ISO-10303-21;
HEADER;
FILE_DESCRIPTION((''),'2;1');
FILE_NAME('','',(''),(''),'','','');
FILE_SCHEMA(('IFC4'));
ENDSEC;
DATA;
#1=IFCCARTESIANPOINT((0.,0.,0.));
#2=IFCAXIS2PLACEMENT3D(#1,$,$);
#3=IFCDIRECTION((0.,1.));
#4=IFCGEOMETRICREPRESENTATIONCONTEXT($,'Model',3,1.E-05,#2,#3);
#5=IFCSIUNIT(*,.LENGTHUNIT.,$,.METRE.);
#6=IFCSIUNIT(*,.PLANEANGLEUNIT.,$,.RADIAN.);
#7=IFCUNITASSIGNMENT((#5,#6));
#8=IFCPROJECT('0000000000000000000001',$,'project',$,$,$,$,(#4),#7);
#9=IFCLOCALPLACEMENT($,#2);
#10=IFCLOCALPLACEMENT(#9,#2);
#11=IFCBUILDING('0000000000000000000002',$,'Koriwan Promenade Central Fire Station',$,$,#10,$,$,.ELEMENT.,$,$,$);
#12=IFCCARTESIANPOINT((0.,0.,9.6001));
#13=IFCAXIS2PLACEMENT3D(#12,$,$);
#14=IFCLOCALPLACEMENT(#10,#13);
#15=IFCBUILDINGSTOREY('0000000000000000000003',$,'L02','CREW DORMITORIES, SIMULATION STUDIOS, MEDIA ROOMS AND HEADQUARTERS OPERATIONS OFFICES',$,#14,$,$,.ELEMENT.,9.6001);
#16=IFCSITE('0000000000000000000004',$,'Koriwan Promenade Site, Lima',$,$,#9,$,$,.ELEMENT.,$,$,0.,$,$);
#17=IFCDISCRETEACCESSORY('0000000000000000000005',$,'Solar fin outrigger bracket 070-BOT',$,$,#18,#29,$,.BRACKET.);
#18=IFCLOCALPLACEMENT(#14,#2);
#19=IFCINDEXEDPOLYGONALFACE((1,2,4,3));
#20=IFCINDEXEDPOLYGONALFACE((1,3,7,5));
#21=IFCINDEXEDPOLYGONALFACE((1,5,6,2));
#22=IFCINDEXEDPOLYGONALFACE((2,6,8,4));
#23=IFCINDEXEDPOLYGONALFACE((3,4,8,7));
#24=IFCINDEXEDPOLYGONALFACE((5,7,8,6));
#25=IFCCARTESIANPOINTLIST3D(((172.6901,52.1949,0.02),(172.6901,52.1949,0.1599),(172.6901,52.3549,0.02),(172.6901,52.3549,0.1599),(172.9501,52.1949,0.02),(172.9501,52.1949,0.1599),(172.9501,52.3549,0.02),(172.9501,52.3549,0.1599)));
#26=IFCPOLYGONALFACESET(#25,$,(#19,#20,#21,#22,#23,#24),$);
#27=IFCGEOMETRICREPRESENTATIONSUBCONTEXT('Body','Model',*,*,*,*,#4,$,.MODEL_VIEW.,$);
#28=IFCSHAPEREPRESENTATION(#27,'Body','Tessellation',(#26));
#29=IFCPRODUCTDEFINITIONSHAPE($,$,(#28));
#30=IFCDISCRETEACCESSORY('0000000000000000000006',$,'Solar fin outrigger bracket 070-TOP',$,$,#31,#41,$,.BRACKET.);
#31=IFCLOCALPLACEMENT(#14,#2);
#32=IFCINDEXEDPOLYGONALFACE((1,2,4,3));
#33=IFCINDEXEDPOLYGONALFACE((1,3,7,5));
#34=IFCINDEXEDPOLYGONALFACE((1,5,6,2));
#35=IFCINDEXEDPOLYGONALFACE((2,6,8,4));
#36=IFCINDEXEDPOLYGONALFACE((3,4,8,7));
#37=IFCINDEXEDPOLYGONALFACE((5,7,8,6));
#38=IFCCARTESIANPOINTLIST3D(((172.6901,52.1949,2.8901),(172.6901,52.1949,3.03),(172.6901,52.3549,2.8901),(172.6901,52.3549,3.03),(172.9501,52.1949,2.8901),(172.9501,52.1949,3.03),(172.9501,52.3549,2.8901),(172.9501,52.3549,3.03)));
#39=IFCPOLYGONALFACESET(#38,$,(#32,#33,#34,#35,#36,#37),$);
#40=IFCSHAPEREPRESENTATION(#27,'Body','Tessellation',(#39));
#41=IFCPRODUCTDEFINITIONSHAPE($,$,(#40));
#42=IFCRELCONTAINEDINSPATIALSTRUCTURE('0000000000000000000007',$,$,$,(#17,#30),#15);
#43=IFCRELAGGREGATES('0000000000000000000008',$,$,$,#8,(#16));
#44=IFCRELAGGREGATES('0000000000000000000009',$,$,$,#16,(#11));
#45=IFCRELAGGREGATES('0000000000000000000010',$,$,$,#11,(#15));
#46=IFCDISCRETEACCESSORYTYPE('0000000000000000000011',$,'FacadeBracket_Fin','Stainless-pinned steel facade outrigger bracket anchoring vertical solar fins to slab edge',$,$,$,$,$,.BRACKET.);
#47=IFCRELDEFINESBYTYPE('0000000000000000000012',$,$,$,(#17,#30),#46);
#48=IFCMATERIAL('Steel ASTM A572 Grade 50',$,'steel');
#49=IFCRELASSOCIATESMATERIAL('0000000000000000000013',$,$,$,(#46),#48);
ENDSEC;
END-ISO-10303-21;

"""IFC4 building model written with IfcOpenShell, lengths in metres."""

from ifc_helpers import new_model, si_unit, direction, frame, origin, origin_2d, place, context, subcontext, project, spatial, rectangle, extrude, material, type_object, element, save


model = new_model("IFC4")

# Units and contexts
model_context = context("Model", 3, precision=1e-05, world=origin(), true_north=direction((0.0, 1.0)))
body_context = subcontext(model_context, "Body", "Model", "MODEL_VIEW")
ifc_project = project(units=[si_unit("LENGTHUNIT", "METRE"), si_unit("PLANEANGLEUNIT", "RADIAN")], contexts=[model_context])

# Site, building, storey
site_placement = place(None, origin())
site = spatial("IfcSite", under=ifc_project, at=site_placement, Name="Koriwan Promenade Site, Lima", CompositionType="ELEMENT", RefElevation=0.0)
building_placement = place(site_placement, origin())
building = spatial("IfcBuilding", under=site, at=building_placement, Name="Koriwan Promenade Central Fire Station", CompositionType="ELEMENT")
storey_placement = place(building_placement, frame((0.0, 0.0, 9.6001)))
storey = spatial("IfcBuildingStorey", under=building, at=storey_placement, Name="L02", Description="CREW DORMITORIES, SIMULATION STUDIOS, MEDIA ROOMS AND HEADQUARTERS OPERATIONS OFFICES", CompositionType="ELEMENT", Elevation=9.6001)

# Discrete accessories
ifc_material_1 = material(Name="Steel ASTM A572 Grade 50", Category="steel")
discrete_accessory_type = type_object("IfcDiscreteAccessoryType", Name="FacadeBracket_Fin", Description="Stainless-pinned steel facade outrigger bracket anchoring vertical solar fins to slab edge", PredefinedType="BRACKET", material=ifc_material_1)
for number, where, z_axis, x_axis, name in (
    (1, (172.8201, 52.2749, 0.02), (0.0, 0.0, 1.0), (1.0, 0.0, 0.0), "Solar fin outrigger bracket 070-BOT"),
    (2, (172.8201, 52.2749, 2.8901), (0.0, 0.0, 1.0), (1.0, 0.0, 0.0), "Solar fin outrigger bracket 070-TOP"),
):
    element("IfcDiscreteAccessory", number, at=place(storey_placement, frame(where, z_axis=z_axis, x_axis=x_axis)), inside=storey, type_object=discrete_accessory_type, Name=name, PredefinedType="BRACKET", context=body_context, shape_type="SweptSolid", body=[
        extrude(rectangle(XDim=0.26, YDim=0.1599, at=origin_2d()), origin(), (0.0, 0.0, 1.0), 0.1399),
    ])

save(model, "model.ifc")
